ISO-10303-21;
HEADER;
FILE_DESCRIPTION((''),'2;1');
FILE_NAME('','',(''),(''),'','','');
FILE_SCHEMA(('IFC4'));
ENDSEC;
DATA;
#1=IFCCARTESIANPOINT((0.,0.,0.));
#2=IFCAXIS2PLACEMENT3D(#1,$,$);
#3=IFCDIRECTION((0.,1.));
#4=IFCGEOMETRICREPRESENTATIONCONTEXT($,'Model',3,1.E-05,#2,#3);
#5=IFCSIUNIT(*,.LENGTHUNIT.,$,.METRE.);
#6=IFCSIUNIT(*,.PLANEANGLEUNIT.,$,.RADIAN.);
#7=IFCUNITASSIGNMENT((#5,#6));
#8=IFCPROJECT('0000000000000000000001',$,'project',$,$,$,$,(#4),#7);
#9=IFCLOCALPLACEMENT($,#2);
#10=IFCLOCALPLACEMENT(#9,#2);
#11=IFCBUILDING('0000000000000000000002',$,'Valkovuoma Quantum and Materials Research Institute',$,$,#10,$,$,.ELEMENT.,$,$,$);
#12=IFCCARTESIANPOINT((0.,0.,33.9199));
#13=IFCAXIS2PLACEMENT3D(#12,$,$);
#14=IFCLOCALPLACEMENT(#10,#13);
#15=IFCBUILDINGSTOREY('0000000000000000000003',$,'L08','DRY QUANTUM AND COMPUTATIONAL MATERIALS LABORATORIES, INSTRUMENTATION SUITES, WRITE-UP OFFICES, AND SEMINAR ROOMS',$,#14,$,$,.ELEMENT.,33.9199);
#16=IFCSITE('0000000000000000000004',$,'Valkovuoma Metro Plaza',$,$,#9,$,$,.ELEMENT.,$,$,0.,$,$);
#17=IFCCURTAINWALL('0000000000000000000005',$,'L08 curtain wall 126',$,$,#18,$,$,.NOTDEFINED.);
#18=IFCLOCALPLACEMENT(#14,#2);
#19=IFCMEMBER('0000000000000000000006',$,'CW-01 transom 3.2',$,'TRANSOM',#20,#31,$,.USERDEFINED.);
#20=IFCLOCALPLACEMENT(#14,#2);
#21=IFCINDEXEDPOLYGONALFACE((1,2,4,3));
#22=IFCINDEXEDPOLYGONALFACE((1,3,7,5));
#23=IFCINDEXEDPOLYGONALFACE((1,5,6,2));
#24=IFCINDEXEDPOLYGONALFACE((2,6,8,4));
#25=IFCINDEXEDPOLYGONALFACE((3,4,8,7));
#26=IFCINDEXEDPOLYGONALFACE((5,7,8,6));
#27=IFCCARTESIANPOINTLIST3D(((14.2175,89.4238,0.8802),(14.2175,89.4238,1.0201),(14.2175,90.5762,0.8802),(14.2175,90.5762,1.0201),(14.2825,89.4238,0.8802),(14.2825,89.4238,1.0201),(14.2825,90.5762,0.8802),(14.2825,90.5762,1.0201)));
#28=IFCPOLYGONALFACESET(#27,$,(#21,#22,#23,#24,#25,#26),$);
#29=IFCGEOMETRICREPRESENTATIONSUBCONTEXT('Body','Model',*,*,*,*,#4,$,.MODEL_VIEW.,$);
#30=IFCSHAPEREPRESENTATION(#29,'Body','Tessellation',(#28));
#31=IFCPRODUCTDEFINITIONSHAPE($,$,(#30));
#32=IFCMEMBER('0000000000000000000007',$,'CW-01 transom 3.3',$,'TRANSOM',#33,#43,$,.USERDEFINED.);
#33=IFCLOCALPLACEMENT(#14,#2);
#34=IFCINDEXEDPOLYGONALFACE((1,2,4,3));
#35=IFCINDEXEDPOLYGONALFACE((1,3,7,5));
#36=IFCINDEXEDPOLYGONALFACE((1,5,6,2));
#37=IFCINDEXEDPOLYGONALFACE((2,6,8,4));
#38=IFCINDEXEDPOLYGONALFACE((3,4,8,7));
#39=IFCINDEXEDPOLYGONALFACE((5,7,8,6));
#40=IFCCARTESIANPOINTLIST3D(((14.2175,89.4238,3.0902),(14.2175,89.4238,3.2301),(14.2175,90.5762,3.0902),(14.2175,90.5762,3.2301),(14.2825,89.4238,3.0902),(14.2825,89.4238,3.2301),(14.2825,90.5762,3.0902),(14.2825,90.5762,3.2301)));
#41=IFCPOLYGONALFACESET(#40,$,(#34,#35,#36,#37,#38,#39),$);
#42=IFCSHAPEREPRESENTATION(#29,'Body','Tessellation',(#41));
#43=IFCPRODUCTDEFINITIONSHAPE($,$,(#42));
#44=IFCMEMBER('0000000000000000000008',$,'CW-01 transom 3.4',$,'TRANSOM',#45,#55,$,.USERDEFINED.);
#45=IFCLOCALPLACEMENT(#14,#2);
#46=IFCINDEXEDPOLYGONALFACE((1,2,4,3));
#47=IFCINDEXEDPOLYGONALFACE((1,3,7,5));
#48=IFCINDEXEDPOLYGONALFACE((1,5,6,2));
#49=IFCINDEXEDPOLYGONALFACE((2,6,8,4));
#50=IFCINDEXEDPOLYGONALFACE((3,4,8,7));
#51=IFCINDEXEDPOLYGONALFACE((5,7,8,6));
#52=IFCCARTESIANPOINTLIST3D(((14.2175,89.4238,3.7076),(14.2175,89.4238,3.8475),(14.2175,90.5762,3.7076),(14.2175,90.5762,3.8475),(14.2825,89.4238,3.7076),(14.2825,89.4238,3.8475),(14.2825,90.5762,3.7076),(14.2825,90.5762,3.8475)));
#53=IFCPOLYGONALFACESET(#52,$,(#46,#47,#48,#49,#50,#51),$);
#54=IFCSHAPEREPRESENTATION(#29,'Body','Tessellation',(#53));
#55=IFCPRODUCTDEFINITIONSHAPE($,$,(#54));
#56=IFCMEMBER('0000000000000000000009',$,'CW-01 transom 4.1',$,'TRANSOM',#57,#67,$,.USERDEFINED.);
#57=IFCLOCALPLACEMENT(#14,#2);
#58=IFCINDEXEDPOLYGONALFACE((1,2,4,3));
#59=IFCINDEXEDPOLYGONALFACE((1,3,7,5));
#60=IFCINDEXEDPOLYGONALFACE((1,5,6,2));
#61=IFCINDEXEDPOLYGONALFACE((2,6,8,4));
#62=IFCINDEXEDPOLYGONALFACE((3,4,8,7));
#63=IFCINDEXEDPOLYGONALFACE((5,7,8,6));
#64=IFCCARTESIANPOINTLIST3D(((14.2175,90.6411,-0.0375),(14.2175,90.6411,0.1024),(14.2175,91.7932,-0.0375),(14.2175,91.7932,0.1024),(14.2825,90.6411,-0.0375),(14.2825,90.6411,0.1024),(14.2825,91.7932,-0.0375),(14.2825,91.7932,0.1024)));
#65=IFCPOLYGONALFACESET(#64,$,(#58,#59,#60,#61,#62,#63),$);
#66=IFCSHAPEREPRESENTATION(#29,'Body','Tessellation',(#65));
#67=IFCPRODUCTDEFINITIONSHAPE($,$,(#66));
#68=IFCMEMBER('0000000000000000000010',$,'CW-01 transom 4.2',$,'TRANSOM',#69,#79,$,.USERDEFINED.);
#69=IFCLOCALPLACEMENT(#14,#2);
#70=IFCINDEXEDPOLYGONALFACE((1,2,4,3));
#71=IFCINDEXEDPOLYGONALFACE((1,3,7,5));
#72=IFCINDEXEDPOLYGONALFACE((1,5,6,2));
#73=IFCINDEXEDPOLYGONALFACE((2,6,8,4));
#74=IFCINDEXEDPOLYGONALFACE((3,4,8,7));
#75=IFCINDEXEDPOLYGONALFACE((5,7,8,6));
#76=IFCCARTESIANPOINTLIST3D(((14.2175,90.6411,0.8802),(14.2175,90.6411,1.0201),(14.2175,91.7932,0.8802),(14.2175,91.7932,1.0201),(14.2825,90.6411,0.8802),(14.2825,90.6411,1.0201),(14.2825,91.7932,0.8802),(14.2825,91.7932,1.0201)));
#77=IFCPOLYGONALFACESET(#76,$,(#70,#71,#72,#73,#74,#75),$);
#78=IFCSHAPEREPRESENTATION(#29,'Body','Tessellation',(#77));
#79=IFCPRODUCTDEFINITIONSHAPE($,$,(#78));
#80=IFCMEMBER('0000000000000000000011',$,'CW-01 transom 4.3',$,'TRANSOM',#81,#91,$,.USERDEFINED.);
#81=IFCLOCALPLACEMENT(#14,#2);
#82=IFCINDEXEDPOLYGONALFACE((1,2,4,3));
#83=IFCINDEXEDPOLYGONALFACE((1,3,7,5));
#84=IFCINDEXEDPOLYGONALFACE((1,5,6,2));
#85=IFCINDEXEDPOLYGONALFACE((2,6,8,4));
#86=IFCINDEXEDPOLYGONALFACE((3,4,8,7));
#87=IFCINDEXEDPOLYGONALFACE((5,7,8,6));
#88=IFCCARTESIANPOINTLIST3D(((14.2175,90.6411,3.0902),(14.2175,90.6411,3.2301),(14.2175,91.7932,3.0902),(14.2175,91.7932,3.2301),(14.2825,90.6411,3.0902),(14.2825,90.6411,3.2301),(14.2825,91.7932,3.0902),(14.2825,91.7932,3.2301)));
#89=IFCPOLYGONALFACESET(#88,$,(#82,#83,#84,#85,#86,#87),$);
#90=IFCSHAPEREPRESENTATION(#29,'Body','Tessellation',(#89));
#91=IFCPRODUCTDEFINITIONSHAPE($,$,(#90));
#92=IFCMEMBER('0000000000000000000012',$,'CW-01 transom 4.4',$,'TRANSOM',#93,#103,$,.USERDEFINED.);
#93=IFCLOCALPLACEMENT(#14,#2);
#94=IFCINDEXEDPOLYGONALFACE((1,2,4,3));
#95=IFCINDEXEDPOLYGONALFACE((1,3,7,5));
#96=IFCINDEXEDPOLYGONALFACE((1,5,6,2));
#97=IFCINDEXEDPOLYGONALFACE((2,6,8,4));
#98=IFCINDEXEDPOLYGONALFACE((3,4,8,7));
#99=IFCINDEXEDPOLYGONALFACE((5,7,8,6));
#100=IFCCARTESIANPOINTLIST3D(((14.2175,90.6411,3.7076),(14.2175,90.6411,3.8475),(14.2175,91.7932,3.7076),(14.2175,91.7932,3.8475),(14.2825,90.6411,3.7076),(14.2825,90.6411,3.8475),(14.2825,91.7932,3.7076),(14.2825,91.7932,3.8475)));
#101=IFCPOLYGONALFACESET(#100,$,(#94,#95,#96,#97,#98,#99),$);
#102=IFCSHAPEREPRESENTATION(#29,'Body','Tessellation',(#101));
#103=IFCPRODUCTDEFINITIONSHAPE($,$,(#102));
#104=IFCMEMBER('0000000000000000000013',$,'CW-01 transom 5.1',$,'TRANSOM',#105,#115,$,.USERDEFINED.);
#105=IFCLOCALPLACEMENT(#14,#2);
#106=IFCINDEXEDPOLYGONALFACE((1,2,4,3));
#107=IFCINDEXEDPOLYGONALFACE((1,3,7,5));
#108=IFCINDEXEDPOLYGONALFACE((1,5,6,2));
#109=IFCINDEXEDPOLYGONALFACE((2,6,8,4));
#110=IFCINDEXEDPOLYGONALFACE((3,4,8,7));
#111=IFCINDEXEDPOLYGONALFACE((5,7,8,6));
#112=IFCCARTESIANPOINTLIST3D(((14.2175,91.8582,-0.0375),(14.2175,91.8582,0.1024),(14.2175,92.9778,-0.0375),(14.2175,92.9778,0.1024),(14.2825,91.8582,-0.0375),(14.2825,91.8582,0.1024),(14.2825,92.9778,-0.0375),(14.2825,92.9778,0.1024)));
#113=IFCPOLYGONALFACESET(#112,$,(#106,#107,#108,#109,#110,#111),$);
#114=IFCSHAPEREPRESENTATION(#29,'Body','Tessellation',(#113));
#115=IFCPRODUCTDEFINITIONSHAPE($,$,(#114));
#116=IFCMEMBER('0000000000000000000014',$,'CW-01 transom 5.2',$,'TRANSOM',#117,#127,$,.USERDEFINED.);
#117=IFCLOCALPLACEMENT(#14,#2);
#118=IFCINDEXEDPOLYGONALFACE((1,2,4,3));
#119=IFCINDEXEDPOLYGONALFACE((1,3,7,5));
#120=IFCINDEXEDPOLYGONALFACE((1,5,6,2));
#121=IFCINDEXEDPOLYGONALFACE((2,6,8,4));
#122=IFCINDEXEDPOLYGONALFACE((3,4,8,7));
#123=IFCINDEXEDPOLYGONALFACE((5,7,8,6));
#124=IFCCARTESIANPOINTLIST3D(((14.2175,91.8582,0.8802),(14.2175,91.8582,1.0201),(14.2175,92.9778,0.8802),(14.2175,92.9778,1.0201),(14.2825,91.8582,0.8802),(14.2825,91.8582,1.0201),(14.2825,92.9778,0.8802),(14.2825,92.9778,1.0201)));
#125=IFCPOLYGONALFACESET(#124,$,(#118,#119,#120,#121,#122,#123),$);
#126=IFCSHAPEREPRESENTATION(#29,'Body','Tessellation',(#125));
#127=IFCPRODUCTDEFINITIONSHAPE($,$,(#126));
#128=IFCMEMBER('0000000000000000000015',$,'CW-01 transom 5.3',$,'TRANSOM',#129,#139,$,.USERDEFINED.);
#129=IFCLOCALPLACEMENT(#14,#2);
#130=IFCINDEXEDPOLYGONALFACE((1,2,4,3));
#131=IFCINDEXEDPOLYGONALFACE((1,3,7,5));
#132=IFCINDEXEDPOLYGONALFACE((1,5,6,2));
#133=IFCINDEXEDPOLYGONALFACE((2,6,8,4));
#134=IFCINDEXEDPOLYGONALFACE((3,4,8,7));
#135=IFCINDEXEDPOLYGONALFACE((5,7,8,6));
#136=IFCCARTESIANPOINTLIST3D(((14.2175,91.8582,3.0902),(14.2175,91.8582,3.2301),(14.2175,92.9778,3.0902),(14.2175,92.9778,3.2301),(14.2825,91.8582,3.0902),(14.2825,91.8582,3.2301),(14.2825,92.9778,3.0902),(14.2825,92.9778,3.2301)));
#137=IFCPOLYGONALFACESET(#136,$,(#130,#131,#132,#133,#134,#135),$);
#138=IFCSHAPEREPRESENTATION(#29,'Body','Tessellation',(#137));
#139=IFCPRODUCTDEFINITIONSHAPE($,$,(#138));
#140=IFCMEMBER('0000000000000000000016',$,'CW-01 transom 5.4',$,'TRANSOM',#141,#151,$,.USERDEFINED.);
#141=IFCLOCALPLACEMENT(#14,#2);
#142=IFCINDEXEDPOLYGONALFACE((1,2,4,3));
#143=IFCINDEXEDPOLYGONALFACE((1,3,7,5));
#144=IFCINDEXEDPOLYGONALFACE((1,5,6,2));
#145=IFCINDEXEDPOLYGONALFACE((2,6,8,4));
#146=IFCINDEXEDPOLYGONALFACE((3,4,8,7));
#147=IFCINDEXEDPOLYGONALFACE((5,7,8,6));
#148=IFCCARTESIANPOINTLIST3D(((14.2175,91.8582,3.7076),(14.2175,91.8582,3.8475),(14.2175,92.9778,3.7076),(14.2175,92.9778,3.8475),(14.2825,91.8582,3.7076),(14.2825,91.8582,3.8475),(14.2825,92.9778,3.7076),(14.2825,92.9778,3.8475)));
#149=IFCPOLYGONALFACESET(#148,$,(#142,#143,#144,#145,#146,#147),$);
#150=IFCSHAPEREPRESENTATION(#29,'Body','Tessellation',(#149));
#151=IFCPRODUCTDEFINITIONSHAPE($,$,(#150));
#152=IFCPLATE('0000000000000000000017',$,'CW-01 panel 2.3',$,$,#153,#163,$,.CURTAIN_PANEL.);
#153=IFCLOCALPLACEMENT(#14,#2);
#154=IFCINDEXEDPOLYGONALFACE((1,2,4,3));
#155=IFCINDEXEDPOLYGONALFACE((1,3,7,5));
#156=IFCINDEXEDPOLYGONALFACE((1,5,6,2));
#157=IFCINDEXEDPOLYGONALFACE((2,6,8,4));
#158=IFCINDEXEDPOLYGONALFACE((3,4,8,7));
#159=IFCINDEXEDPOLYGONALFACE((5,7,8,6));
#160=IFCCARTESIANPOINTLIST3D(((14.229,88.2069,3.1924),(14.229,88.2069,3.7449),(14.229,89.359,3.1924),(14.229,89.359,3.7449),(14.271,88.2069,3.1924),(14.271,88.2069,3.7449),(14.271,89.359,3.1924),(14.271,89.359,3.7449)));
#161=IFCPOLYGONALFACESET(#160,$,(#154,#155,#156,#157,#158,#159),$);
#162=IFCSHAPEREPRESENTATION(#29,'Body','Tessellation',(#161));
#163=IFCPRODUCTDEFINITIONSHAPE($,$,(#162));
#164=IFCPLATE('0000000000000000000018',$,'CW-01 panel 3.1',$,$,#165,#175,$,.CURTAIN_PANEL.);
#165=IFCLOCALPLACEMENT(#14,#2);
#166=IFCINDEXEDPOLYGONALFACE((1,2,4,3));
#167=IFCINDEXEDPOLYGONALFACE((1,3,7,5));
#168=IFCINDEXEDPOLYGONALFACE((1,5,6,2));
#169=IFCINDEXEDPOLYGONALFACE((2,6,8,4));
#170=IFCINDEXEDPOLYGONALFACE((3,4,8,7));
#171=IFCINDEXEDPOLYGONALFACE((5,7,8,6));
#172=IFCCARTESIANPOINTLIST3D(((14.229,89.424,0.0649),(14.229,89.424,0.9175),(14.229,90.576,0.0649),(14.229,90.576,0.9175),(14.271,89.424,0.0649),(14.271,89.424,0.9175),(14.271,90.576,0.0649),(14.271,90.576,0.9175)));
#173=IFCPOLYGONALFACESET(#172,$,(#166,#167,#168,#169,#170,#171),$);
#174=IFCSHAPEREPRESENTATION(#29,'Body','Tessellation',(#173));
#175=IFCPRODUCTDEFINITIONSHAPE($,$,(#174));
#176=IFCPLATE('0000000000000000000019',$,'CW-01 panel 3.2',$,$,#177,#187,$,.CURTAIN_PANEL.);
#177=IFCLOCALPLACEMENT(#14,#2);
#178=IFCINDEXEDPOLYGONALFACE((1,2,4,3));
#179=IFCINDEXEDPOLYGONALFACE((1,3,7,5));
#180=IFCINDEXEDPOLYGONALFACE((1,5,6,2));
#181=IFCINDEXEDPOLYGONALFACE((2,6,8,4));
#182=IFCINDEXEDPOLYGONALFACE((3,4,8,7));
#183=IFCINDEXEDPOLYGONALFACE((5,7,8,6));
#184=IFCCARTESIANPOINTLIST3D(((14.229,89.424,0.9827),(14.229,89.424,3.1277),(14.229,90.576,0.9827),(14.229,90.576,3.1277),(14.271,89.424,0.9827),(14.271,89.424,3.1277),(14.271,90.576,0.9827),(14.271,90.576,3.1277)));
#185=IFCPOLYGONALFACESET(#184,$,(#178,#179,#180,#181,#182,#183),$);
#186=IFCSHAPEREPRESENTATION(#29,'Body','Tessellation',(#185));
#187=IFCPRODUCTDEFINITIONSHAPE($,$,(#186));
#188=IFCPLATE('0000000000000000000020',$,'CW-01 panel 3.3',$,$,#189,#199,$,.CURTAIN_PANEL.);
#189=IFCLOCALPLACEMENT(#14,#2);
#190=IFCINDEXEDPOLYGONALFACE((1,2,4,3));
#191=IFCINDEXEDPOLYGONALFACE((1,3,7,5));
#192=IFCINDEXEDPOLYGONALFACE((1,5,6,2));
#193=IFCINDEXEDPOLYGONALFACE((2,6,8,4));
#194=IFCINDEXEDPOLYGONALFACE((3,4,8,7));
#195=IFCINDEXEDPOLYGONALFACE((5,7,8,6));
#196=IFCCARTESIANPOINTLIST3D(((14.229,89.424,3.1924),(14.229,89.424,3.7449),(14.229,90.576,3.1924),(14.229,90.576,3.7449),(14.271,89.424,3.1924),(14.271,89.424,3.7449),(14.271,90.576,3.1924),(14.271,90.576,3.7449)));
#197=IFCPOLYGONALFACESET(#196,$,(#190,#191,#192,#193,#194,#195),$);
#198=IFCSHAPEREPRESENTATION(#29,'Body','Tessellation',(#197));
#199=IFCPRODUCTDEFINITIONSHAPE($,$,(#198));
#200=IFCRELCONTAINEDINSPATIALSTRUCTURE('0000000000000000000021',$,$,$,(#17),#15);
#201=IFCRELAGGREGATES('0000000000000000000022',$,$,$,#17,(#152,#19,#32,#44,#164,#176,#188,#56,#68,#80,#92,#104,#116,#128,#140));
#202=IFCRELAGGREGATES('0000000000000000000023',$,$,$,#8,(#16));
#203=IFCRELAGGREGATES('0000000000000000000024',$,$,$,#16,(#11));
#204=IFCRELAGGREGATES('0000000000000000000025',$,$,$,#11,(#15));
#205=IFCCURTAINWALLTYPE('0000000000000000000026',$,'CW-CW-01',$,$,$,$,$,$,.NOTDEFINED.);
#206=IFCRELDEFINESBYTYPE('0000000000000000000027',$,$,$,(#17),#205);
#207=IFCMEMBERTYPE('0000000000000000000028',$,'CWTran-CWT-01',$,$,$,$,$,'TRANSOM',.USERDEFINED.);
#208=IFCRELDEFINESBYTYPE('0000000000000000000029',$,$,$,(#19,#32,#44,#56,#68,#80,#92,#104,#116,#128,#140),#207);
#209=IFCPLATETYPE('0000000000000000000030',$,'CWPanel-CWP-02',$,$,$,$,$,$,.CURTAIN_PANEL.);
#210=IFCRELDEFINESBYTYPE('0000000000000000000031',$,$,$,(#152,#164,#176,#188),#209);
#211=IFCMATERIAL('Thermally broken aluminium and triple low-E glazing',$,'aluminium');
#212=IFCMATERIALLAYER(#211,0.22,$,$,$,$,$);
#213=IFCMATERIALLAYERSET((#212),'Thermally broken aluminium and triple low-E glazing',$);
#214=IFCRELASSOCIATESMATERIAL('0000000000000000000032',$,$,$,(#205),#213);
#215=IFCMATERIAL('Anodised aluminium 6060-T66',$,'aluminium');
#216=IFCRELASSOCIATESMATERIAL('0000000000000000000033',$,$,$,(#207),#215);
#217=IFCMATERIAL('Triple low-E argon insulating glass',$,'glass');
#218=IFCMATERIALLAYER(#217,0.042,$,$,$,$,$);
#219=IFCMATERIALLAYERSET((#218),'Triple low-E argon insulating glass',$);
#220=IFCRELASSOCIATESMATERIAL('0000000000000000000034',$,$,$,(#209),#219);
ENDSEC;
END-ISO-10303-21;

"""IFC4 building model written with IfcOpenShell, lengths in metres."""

from ifc_helpers import new_model, si_unit, direction, frame, origin, origin_2d, place, context, subcontext, project, spatial, rectangle, extrude, material, layer, layer_set, material_profile, profile_set, type_object, element, aggregate, save


model = new_model("IFC4")

# Units and contexts
model_context = context("Model", 3, precision=1e-05, world=origin(), true_north=direction((0.0, 1.0)))
body_context = subcontext(model_context, "Body", "Model", "MODEL_VIEW")
ifc_project = project(units=[si_unit("LENGTHUNIT", "METRE"), si_unit("PLANEANGLEUNIT", "RADIAN")], contexts=[model_context])

# Site, building, storey
site_placement = place(None, origin())
site = spatial("IfcSite", under=ifc_project, at=site_placement, Name="Valkovuoma Metro Plaza", CompositionType="ELEMENT", RefElevation=0.0)
building_placement = place(site_placement, origin())
building = spatial("IfcBuilding", under=site, at=building_placement, Name="Valkovuoma Quantum and Materials Research Institute", CompositionType="ELEMENT")
storey_placement = place(building_placement, frame((0.0, 0.0, 33.9199)))
storey = spatial("IfcBuildingStorey", under=building, at=storey_placement, Name="L08", Description="DRY QUANTUM AND COMPUTATIONAL MATERIALS LABORATORIES, INSTRUMENTATION SUITES, WRITE-UP OFFICES, AND SEMINAR ROOMS", CompositionType="ELEMENT", Elevation=33.9199)

# Curtain wall, members, plates
ifc_material_1 = material(Name="Thermally broken aluminium and triple low-E glazing", Category="aluminium")
ifc_layer_1 = layer(ifc_material_1, 0.22)
ifc_layer_set_1 = layer_set([ifc_layer_1], Name="Thermally broken aluminium and triple low-E glazing")
curtain_wall_type = type_object("IfcCurtainWallType", Name="CW-CW-01", PredefinedType="NOTDEFINED", material=ifc_layer_set_1)
curtain_wall_placement = place(storey_placement, origin())
curtain_wall = element("IfcCurtainWall", 1, at=curtain_wall_placement, inside=storey, type_object=curtain_wall_type, Name="L08 curtain wall 126", PredefinedType="NOTDEFINED")
ifc_material_2 = material(Name="Anodised aluminium 6060-T66", Category="aluminium")
ifc_material_profile_1 = material_profile(ifc_material_2, rectangle(XDim=0.0649, YDim=0.1399, at=origin_2d()), Name="Anodised aluminium 6060-T66")
ifc_profile_set_1 = profile_set([ifc_material_profile_1], Name="Anodised aluminium 6060-T66")
member_type_1 = type_object("IfcMemberType", Name="CWTran-CWT-01", ElementType="TRANSOM", PredefinedType="USERDEFINED", material=ifc_profile_set_1)
member_1_placement = place(storey_placement, frame((14.25, 89.4238, 0.9502), z_axis=(0.0, 1.0, 0.0), x_axis=(-1.0, 0.0, 0.0)))
member_1 = element("IfcMember", 2, at=member_1_placement, type_object=member_type_1, Name="CW-01 transom 3.2", ObjectType="TRANSOM", PredefinedType="USERDEFINED", context=body_context, shape_type="SweptSolid", body=[
    extrude(rectangle(XDim=0.0649, YDim=0.1399, at=origin_2d()), origin(), (0.0, 0.0, 1.0), 1.1523),
])
member_2_placement = place(storey_placement, frame((14.25, 89.4238, 3.1602), z_axis=(0.0, 1.0, 0.0), x_axis=(-1.0, 0.0, 0.0)))
member_2 = element("IfcMember", 3, at=member_2_placement, type_object=member_type_1, Name="CW-01 transom 3.3", ObjectType="TRANSOM", PredefinedType="USERDEFINED", context=body_context, shape_type="SweptSolid", body=[
    extrude(rectangle(XDim=0.0649, YDim=0.1399, at=origin_2d()), origin(), (0.0, 0.0, 1.0), 1.1523),
])
member_3_placement = place(storey_placement, frame((14.25, 89.4238, 3.7776), z_axis=(0.0, 1.0, 0.0), x_axis=(-1.0, 0.0, 0.0)))
member_3 = element("IfcMember", 4, at=member_3_placement, type_object=member_type_1, Name="CW-01 transom 3.4", ObjectType="TRANSOM", PredefinedType="USERDEFINED", context=body_context, shape_type="SweptSolid", body=[
    extrude(rectangle(XDim=0.0649, YDim=0.1399, at=origin_2d()), origin(), (0.0, 0.0, 1.0), 1.1523),
])
member_4_placement = place(storey_placement, frame((14.25, 90.6411, 0.0325), z_axis=(0.0, 1.0, 0.0), x_axis=(-1.0, 0.0, 0.0)))
member_4 = element("IfcMember", 5, at=member_4_placement, type_object=member_type_1, Name="CW-01 transom 4.1", ObjectType="TRANSOM", PredefinedType="USERDEFINED", context=body_context, shape_type="SweptSolid", body=[
    extrude(rectangle(XDim=0.0649, YDim=0.1399, at=origin_2d()), origin(), (0.0, 0.0, 1.0), 1.1521),
])
member_5_placement = place(storey_placement, frame((14.25, 90.6411, 0.9502), z_axis=(0.0, 1.0, 0.0), x_axis=(-1.0, 0.0, 0.0)))
member_5 = element("IfcMember", 6, at=member_5_placement, type_object=member_type_1, Name="CW-01 transom 4.2", ObjectType="TRANSOM", PredefinedType="USERDEFINED", context=body_context, shape_type="SweptSolid", body=[
    extrude(rectangle(XDim=0.0649, YDim=0.1399, at=origin_2d()), origin(), (0.0, 0.0, 1.0), 1.1521),
])
member_6_placement = place(storey_placement, frame((14.25, 90.6411, 3.1602), z_axis=(0.0, 1.0, 0.0), x_axis=(-1.0, 0.0, 0.0)))
member_6 = element("IfcMember", 7, at=member_6_placement, type_object=member_type_1, Name="CW-01 transom 4.3", ObjectType="TRANSOM", PredefinedType="USERDEFINED", context=body_context, shape_type="SweptSolid", body=[
    extrude(rectangle(XDim=0.0649, YDim=0.1399, at=origin_2d()), origin(), (0.0, 0.0, 1.0), 1.1521),
])
member_7_placement = place(storey_placement, frame((14.25, 90.6411, 3.7776), z_axis=(0.0, 1.0, 0.0), x_axis=(-1.0, 0.0, 0.0)))
member_7 = element("IfcMember", 8, at=member_7_placement, type_object=member_type_1, Name="CW-01 transom 4.4", ObjectType="TRANSOM", PredefinedType="USERDEFINED", context=body_context, shape_type="SweptSolid", body=[
    extrude(rectangle(XDim=0.0649, YDim=0.1399, at=origin_2d()), origin(), (0.0, 0.0, 1.0), 1.1521),
])
member_8_placement = place(storey_placement, frame((14.25, 91.8582, 0.0325), z_axis=(0.0, 1.0, 0.0), x_axis=(-1.0, 0.0, 0.0)))
member_8 = element("IfcMember", 9, at=member_8_placement, type_object=member_type_1, Name="CW-01 transom 5.1", ObjectType="TRANSOM", PredefinedType="USERDEFINED", context=body_context, shape_type="SweptSolid", body=[
    extrude(rectangle(XDim=0.0649, YDim=0.1399, at=origin_2d()), origin(), (0.0, 0.0, 1.0), 1.1196),
])
member_9_placement = place(storey_placement, frame((14.25, 91.8582, 0.9502), z_axis=(0.0, 1.0, 0.0), x_axis=(-1.0, 0.0, 0.0)))
member_9 = element("IfcMember", 10, at=member_9_placement, type_object=member_type_1, Name="CW-01 transom 5.2", ObjectType="TRANSOM", PredefinedType="USERDEFINED", context=body_context, shape_type="SweptSolid", body=[
    extrude(rectangle(XDim=0.0649, YDim=0.1399, at=origin_2d()), origin(), (0.0, 0.0, 1.0), 1.1196),
])
member_10_placement = place(storey_placement, frame((14.25, 91.8582, 3.1602), z_axis=(0.0, 1.0, 0.0), x_axis=(-1.0, 0.0, 0.0)))
member_10 = element("IfcMember", 11, at=member_10_placement, type_object=member_type_1, Name="CW-01 transom 5.3", ObjectType="TRANSOM", PredefinedType="USERDEFINED", context=body_context, shape_type="SweptSolid", body=[
    extrude(rectangle(XDim=0.0649, YDim=0.1399, at=origin_2d()), origin(), (0.0, 0.0, 1.0), 1.1196),
])
member_11_placement = place(storey_placement, frame((14.25, 91.8582, 3.7776), z_axis=(0.0, 1.0, 0.0), x_axis=(-1.0, 0.0, 0.0)))
member_11 = element("IfcMember", 12, at=member_11_placement, type_object=member_type_1, Name="CW-01 transom 5.4", ObjectType="TRANSOM", PredefinedType="USERDEFINED", context=body_context, shape_type="SweptSolid", body=[
    extrude(rectangle(XDim=0.0649, YDim=0.1399, at=origin_2d()), origin(), (0.0, 0.0, 1.0), 1.1196),
])
ifc_material_3 = material(Name="Triple low-E argon insulating glass", Category="glass")
ifc_layer_2 = layer(ifc_material_3, 0.042)
ifc_layer_set_2 = layer_set([ifc_layer_2], Name="Triple low-E argon insulating glass")
plate_type = type_object("IfcPlateType", Name="CWPanel-CWP-02", PredefinedType="CURTAIN_PANEL", material=ifc_layer_set_2)
plate_1_placement = place(storey_placement, frame((14.25, 88.783, 3.1924), z_axis=(0.0, 0.0, 1.0), x_axis=(0.0, 1.0, 0.0)))
plate_1 = element("IfcPlate", 13, at=plate_1_placement, type_object=plate_type, Name="CW-01 panel 2.3", PredefinedType="CURTAIN_PANEL", context=body_context, shape_type="SweptSolid", body=[
    extrude(rectangle(XDim=1.1521, YDim=0.042, at=origin_2d()), origin(), (0.0, 0.0, 1.0), 0.5525),
])
plate_2_placement = place(storey_placement, frame((14.25, 90.0, 0.0649), z_axis=(0.0, 0.0, 1.0), x_axis=(0.0, 1.0, 0.0)))
plate_2 = element("IfcPlate", 14, at=plate_2_placement, type_object=plate_type, Name="CW-01 panel 3.1", PredefinedType="CURTAIN_PANEL", context=body_context, shape_type="SweptSolid", body=[
    extrude(rectangle(XDim=1.1521, YDim=0.042, at=origin_2d()), origin(), (0.0, 0.0, 1.0), 0.8525),
])
plate_3_placement = place(storey_placement, frame((14.25, 90.0, 0.9827), z_axis=(0.0, 0.0, 1.0), x_axis=(0.0, 1.0, 0.0)))
plate_3 = element("IfcPlate", 15, at=plate_3_placement, type_object=plate_type, Name="CW-01 panel 3.2", PredefinedType="CURTAIN_PANEL", context=body_context, shape_type="SweptSolid", body=[
    extrude(rectangle(XDim=1.1521, YDim=0.042, at=origin_2d()), origin(), (0.0, 0.0, 1.0), 2.145),
])
plate_4_placement = place(storey_placement, frame((14.25, 90.0, 3.1924), z_axis=(0.0, 0.0, 1.0), x_axis=(0.0, 1.0, 0.0)))
plate_4 = element("IfcPlate", 16, at=plate_4_placement, type_object=plate_type, Name="CW-01 panel 3.3", PredefinedType="CURTAIN_PANEL", context=body_context, shape_type="SweptSolid", body=[
    extrude(rectangle(XDim=1.1521, YDim=0.042, at=origin_2d()), origin(), (0.0, 0.0, 1.0), 0.5525),
])
aggregate(curtain_wall, [plate_1, member_1, member_2, member_3, plate_2, plate_3, plate_4, member_4, member_5, member_6, member_7, member_8, member_9, member_10, member_11])

save(model, "model.ifc")
